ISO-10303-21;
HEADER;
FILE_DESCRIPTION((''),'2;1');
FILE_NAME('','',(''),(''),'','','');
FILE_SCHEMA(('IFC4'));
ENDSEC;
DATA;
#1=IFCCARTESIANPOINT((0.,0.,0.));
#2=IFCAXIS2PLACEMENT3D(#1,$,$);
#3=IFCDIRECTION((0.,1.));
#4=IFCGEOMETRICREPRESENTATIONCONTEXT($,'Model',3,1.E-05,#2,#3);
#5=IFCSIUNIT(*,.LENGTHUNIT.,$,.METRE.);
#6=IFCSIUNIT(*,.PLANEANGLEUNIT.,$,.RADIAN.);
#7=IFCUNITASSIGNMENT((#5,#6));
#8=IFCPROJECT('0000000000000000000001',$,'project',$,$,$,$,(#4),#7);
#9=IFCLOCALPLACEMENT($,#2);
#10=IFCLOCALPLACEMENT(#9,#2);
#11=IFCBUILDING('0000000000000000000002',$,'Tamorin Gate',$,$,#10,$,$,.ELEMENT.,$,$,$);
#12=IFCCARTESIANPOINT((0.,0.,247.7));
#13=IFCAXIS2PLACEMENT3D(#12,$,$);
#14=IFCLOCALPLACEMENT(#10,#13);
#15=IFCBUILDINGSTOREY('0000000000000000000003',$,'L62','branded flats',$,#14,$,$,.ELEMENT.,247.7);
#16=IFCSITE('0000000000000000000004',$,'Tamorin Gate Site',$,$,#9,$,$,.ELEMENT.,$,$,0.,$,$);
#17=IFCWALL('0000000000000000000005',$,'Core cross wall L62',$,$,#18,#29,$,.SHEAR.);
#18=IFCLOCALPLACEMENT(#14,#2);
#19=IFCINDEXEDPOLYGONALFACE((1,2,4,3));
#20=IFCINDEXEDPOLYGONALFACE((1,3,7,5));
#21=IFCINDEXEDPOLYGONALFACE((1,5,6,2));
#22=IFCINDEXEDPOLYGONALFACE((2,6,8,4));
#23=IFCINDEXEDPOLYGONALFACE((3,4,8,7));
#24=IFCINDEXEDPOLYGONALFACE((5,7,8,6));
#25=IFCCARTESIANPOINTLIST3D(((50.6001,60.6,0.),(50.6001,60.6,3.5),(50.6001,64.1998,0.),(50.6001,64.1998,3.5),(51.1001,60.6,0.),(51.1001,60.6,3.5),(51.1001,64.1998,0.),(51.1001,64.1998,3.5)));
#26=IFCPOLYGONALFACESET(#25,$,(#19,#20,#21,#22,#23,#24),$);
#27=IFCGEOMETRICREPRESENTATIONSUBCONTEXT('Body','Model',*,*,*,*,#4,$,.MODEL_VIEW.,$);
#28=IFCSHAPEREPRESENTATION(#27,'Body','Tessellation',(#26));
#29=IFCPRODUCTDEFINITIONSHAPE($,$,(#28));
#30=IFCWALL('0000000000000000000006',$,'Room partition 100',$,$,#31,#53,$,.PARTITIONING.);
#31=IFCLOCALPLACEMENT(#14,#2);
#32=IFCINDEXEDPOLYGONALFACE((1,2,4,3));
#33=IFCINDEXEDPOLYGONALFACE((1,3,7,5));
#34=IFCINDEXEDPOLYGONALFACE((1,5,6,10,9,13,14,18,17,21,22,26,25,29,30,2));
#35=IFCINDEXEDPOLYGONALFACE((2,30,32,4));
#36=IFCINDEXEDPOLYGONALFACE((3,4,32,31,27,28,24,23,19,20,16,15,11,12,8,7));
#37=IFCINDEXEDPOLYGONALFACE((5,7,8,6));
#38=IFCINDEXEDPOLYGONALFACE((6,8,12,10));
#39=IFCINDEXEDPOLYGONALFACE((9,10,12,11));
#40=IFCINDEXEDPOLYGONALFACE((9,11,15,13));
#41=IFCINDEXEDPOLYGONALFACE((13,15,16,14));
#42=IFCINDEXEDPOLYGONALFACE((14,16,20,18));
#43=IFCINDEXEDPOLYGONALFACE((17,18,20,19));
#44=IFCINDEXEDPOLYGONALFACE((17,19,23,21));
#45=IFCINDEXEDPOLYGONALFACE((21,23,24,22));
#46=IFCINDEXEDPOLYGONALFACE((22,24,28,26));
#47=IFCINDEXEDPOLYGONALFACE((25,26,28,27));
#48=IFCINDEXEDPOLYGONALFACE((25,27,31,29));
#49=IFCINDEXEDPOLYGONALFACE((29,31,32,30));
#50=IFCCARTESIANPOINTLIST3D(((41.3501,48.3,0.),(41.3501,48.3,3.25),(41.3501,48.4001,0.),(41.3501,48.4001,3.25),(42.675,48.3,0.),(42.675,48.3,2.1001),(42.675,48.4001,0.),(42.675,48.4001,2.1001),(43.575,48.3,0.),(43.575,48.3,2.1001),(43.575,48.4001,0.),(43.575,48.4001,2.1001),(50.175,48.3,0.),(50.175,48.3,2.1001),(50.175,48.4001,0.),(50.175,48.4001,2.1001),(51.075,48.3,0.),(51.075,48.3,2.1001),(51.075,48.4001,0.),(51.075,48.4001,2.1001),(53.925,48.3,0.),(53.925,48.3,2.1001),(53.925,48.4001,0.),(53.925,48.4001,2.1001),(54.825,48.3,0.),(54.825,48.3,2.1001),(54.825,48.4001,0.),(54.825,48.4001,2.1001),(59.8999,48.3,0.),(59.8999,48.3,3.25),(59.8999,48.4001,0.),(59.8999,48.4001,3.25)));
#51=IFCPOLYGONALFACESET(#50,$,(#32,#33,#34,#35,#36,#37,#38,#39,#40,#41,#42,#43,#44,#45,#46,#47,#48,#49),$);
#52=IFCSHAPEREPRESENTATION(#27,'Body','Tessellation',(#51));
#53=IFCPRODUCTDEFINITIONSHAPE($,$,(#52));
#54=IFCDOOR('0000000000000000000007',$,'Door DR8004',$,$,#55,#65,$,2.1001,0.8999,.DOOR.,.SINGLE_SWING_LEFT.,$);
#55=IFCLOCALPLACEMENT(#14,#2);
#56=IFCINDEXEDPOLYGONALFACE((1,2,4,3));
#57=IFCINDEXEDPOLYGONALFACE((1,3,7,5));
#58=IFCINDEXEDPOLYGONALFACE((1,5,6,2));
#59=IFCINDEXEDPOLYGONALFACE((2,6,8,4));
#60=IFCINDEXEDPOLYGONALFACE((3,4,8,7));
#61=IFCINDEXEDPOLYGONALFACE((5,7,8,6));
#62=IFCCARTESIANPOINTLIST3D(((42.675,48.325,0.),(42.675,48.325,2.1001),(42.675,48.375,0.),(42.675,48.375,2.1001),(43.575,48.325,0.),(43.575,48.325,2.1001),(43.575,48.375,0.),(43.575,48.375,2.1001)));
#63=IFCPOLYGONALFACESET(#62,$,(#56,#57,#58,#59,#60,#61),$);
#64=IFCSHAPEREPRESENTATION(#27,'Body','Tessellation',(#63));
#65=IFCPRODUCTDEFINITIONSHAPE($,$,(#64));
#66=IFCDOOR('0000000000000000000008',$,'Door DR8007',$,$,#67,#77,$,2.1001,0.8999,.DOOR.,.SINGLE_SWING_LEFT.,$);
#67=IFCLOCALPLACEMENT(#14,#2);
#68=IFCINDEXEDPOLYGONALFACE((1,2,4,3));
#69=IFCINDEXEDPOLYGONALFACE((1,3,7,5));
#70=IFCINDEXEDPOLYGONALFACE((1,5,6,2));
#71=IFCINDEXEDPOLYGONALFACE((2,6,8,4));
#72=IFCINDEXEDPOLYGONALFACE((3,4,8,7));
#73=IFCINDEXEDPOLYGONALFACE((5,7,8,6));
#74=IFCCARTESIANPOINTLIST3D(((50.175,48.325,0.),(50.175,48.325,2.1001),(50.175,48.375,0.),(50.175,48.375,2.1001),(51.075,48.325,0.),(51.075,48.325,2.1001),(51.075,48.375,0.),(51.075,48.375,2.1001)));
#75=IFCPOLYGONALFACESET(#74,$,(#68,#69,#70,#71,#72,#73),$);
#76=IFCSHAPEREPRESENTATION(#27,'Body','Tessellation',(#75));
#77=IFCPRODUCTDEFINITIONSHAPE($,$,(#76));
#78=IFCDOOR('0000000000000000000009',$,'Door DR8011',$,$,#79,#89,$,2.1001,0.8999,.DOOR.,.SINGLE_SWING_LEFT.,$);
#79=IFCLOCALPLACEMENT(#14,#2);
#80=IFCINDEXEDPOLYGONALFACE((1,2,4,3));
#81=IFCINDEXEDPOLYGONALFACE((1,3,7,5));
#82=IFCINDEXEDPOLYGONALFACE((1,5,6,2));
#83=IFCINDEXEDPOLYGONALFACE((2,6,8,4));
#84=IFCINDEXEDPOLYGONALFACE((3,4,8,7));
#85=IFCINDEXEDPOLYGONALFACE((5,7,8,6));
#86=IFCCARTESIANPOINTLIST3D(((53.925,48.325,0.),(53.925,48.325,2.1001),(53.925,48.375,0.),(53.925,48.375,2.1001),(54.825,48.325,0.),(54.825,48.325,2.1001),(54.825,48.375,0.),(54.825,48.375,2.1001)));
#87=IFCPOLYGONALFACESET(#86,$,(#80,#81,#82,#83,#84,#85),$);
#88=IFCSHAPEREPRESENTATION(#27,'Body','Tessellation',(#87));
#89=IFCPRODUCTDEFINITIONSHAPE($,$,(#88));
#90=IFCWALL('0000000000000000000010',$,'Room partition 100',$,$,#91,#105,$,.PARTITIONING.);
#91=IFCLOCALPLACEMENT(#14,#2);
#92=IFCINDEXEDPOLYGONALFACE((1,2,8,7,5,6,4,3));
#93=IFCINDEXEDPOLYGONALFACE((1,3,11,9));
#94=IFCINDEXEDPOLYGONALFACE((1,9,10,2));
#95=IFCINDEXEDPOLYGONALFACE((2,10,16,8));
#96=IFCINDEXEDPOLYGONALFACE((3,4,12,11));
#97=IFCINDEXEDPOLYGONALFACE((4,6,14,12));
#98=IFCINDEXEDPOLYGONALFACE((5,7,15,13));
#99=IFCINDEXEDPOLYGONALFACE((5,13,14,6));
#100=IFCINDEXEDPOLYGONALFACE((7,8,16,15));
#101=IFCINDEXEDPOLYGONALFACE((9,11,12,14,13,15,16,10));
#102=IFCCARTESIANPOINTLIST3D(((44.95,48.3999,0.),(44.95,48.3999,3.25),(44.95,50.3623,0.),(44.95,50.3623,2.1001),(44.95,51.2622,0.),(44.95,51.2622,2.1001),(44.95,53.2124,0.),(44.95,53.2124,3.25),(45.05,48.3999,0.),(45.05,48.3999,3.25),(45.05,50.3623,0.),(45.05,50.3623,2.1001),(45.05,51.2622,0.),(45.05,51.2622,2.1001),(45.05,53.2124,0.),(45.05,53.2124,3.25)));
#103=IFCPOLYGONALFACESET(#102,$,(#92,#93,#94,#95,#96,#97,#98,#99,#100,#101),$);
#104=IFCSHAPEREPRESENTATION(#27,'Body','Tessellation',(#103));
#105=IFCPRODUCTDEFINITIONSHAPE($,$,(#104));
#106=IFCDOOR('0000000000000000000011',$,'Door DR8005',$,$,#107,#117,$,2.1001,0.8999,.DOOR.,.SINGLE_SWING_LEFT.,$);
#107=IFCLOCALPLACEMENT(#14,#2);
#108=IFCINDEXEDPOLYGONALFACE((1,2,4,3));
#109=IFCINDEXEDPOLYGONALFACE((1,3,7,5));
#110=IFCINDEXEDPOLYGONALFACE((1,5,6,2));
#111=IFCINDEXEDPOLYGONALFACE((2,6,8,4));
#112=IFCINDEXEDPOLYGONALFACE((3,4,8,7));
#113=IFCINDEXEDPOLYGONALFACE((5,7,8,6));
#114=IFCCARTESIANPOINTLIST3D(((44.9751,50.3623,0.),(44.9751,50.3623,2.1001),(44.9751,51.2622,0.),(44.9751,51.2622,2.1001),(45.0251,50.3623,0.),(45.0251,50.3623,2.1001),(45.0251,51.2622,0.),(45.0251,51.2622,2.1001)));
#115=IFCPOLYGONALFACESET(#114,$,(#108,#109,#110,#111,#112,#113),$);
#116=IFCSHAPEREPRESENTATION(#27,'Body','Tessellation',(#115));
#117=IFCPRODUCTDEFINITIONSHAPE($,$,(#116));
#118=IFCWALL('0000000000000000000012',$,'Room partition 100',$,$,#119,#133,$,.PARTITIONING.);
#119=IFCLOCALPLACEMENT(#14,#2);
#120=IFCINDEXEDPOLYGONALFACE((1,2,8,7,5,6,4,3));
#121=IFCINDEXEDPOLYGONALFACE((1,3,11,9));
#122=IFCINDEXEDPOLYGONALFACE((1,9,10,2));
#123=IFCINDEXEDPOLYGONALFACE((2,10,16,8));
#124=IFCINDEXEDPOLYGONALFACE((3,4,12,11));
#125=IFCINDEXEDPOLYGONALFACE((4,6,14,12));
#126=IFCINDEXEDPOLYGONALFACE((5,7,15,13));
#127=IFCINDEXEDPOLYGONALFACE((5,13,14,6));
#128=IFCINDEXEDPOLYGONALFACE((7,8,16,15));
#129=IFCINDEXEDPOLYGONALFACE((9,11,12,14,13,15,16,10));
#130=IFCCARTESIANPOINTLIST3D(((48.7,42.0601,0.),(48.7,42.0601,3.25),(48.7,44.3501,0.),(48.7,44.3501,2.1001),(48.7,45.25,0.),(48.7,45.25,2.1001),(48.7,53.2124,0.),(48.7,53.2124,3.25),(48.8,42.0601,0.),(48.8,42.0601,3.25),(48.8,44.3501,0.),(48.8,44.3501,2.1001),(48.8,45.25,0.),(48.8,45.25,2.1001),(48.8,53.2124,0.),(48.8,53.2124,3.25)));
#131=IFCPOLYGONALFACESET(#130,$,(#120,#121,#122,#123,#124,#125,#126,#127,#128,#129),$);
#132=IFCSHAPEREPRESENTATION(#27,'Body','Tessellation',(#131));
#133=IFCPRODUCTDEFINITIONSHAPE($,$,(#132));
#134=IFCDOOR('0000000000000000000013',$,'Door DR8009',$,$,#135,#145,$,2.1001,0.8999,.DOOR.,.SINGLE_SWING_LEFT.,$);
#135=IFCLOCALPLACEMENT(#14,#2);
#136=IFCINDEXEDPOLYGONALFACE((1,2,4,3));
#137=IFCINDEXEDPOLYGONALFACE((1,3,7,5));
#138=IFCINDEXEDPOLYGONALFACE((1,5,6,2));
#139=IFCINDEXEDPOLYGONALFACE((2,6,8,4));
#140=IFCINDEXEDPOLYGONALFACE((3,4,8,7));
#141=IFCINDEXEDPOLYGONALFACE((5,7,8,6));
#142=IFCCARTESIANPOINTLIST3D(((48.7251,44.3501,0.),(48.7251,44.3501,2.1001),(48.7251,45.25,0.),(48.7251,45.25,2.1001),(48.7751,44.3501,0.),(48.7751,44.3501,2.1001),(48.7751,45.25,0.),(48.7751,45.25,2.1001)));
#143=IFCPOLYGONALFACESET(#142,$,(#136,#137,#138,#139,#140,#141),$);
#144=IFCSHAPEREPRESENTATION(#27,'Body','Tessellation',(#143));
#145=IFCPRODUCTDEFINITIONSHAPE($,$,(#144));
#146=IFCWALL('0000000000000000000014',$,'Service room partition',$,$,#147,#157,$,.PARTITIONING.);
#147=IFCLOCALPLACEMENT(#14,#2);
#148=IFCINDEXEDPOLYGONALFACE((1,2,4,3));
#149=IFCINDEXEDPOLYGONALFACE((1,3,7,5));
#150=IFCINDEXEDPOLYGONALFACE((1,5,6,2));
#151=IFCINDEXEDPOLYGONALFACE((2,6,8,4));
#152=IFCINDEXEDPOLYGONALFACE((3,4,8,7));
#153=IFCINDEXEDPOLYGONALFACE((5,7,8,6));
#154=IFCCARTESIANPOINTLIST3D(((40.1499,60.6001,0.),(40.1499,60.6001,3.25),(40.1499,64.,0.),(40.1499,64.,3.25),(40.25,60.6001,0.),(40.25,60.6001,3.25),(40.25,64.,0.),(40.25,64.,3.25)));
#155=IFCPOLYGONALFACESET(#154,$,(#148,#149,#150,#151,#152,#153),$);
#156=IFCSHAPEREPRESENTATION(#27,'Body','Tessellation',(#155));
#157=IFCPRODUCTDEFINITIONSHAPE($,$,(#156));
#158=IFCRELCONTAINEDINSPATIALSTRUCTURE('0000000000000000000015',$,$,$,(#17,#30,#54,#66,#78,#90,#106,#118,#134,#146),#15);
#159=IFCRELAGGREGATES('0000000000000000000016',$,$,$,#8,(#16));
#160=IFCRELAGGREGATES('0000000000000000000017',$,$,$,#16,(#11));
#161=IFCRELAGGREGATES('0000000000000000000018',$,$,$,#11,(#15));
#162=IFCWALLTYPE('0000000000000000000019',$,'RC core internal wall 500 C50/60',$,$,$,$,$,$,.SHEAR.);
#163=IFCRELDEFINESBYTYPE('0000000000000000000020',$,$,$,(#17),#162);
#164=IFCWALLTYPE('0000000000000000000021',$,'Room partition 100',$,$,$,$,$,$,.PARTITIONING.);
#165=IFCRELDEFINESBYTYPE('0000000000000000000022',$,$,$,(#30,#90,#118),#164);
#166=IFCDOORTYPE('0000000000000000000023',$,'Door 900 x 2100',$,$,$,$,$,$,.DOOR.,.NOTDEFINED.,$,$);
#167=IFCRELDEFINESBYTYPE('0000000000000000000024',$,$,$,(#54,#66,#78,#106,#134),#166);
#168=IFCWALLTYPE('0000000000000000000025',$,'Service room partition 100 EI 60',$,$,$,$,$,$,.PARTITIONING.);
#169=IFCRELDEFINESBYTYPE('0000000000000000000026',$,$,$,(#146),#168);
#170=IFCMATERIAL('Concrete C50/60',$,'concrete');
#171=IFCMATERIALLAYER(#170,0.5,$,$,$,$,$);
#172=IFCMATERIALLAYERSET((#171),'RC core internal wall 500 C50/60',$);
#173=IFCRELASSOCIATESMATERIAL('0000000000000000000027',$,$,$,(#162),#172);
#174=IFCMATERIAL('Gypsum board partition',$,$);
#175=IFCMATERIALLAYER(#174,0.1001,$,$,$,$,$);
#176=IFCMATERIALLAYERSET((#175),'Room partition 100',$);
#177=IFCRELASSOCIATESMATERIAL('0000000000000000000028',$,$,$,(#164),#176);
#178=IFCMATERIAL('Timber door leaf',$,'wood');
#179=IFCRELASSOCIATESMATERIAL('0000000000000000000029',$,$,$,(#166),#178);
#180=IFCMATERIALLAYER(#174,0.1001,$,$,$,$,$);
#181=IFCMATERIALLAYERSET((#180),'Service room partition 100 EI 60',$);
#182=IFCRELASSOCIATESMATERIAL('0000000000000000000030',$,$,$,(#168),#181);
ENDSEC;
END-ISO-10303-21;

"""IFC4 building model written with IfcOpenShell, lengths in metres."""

from ifc_helpers import new_model, si_unit, direction, frame, frame_2d, origin, place, context, subcontext, project, spatial, rectangle, extrude, material, layer, layer_set, type_object, element, fill, save


model = new_model("IFC4")

# Units and contexts
model_context = context("Model", 3, precision=1e-05, world=origin(), true_north=direction((0.0, 1.0)))
body_context = subcontext(model_context, "Body", "Model", "MODEL_VIEW")
ifc_project = project(units=[si_unit("LENGTHUNIT", "METRE"), si_unit("PLANEANGLEUNIT", "RADIAN")], contexts=[model_context])

# Site, building, storey
site_placement = place(None, origin())
site = spatial("IfcSite", under=ifc_project, at=site_placement, Name="Tamorin Gate Site", CompositionType="ELEMENT", RefElevation=0.0)
building_placement = place(site_placement, origin())
building = spatial("IfcBuilding", under=site, at=building_placement, Name="Tamorin Gate", CompositionType="ELEMENT")
storey_placement = place(building_placement, frame((0.0, 0.0, 247.7)))
storey = spatial("IfcBuildingStorey", under=building, at=storey_placement, Name="L62", Description="branded flats", CompositionType="ELEMENT", Elevation=247.7)

# Shared definitions
ifc_material_1 = material(Name="Concrete C50/60", Category="concrete")

# Wall
ifc_material_2 = material(Name="Gypsum board partition")
ifc_layer_1 = layer(ifc_material_1, 0.5)
ifc_layer_set_1 = layer_set([ifc_layer_1], Name="RC core internal wall 500 C50/60")
wall_type_1 = type_object("IfcWallType", Name="RC core internal wall 500 C50/60", PredefinedType="SHEAR", material=ifc_layer_set_1)
wall_1_placement = place(storey_placement, frame((50.8501, 60.6001, 0.0), z_axis=(0.0, 0.0, 1.0), x_axis=(0.0, 1.0, 0.0)))
element("IfcWall", 1, at=wall_1_placement, inside=storey, type_object=wall_type_1, Name="Core cross wall L62", PredefinedType="SHEAR", context=body_context, shape_type="SweptSolid", body=[
    extrude(rectangle(XDim=3.5999, YDim=0.5, at=frame_2d((1.7998, 0.0))), origin(), (0.0, 0.0, 1.0), 3.5),
])

# Wall, openings, doors
ifc_layer_2 = layer(ifc_material_2, 0.1001)
ifc_layer_set_2 = layer_set([ifc_layer_2], Name="Room partition 100")
wall_type_2 = type_object("IfcWallType", Name="Room partition 100", PredefinedType="PARTITIONING", material=ifc_layer_set_2)
wall_2_placement = place(storey_placement, frame((41.3501, 48.3501, 0.0), z_axis=(0.0, 0.0, 1.0), x_axis=(1.0, 0.0, 0.0)))
wall_2 = element("IfcWall", 2, at=wall_2_placement, inside=storey, type_object=wall_type_2, Name="Room partition 100", PredefinedType="PARTITIONING", context=body_context, shape_type="SweptSolid", body=[
    extrude(rectangle(XDim=18.5498, YDim=0.1001, at=frame_2d((9.2749, 0.0))), origin(), (0.0, 0.0, 1.0), 3.25),
])
opening_1_placement = place(wall_2_placement, frame((1.325, 0.0, 0.0)))
opening_1 = element("IfcOpeningElement", 3, at=opening_1_placement, cuts=wall_2, PredefinedType="OPENING", context=body_context, shape_type="SweptSolid", body=[
    extrude(rectangle(XDim=0.8999, YDim=2.1001, at=frame_2d((0.45, 1.05))), frame((0.0, 0.0601, 0.0), z_axis=(0.0, -1.0, 0.0), x_axis=(1.0, 0.0, 0.0)), (0.0, 0.0, 1.0), 0.1201),
])
opening_2_placement = place(wall_2_placement, frame((8.825, 0.0, 0.0)))
opening_2 = element("IfcOpeningElement", 4, at=opening_2_placement, cuts=wall_2, PredefinedType="OPENING", context=body_context, shape_type="SweptSolid", body=[
    extrude(rectangle(XDim=0.8999, YDim=2.1001, at=frame_2d((0.45, 1.05))), frame((0.0, 0.0601, 0.0), z_axis=(0.0, -1.0, 0.0), x_axis=(1.0, 0.0, 0.0)), (0.0, 0.0, 1.0), 0.1201),
])
opening_3_placement = place(wall_2_placement, frame((12.575, 0.0, 0.0)))
opening_3 = element("IfcOpeningElement", 5, at=opening_3_placement, cuts=wall_2, PredefinedType="OPENING", context=body_context, shape_type="SweptSolid", body=[
    extrude(rectangle(XDim=0.8999, YDim=2.1001, at=frame_2d((0.45, 1.05))), frame((0.0, 0.0601, 0.0), z_axis=(0.0, -1.0, 0.0), x_axis=(1.0, 0.0, 0.0)), (0.0, 0.0, 1.0), 0.1201),
])
ifc_material_3 = material(Name="Timber door leaf", Category="wood")
door_type = type_object("IfcDoorType", Name="Door 900 x 2100", OperationType="NOTDEFINED", PredefinedType="DOOR", material=ifc_material_3)
door_1_placement = place(opening_1_placement, origin())
door_1 = element("IfcDoor", 6, at=door_1_placement, inside=storey, type_object=door_type, Name="Door DR8004", OperationType="SINGLE_SWING_LEFT", OverallHeight=2.1001, OverallWidth=0.8999, PredefinedType="DOOR", context=body_context, shape_type="SweptSolid", body=[
    extrude(rectangle(XDim=0.8999, YDim=2.1001, at=frame_2d((0.45, 1.05))), frame((0.0, 0.0249, 0.0), z_axis=(0.0, -1.0, 0.0), x_axis=(1.0, 0.0, 0.0)), (0.0, 0.0, 1.0), 0.05),
])
fill(opening_1, door_1)
door_2_placement = place(opening_2_placement, origin())
door_2 = element("IfcDoor", 7, at=door_2_placement, inside=storey, type_object=door_type, Name="Door DR8007", OperationType="SINGLE_SWING_LEFT", OverallHeight=2.1001, OverallWidth=0.8999, PredefinedType="DOOR", context=body_context, shape_type="SweptSolid", body=[
    extrude(rectangle(XDim=0.8999, YDim=2.1001, at=frame_2d((0.45, 1.05))), frame((0.0, 0.0249, 0.0), z_axis=(0.0, -1.0, 0.0), x_axis=(1.0, 0.0, 0.0)), (0.0, 0.0, 1.0), 0.05),
])
fill(opening_2, door_2)
door_3_placement = place(opening_3_placement, origin())
door_3 = element("IfcDoor", 8, at=door_3_placement, inside=storey, type_object=door_type, Name="Door DR8011", OperationType="SINGLE_SWING_LEFT", OverallHeight=2.1001, OverallWidth=0.8999, PredefinedType="DOOR", context=body_context, shape_type="SweptSolid", body=[
    extrude(rectangle(XDim=0.8999, YDim=2.1001, at=frame_2d((0.45, 1.05))), frame((0.0, 0.0249, 0.0), z_axis=(0.0, -1.0, 0.0), x_axis=(1.0, 0.0, 0.0)), (0.0, 0.0, 1.0), 0.05),
])
fill(opening_3, door_3)

# Walls, openings, doors
wall_3_placement = place(storey_placement, frame((45.0, 48.3999, 0.0), z_axis=(0.0, 0.0, 1.0), x_axis=(0.0, 1.0, 0.0)))
wall_3 = element("IfcWall", 9, at=wall_3_placement, inside=storey, type_object=wall_type_2, Name="Room partition 100", PredefinedType="PARTITIONING", context=body_context, shape_type="SweptSolid", body=[
    extrude(rectangle(XDim=4.8125, YDim=0.1001, at=frame_2d((2.4062, 0.0))), origin(), (0.0, 0.0, 1.0), 3.25),
])
opening_4_placement = place(wall_3_placement, frame((1.9624, 0.0, 0.0)))
opening_4 = element("IfcOpeningElement", 10, at=opening_4_placement, cuts=wall_3, PredefinedType="OPENING", context=body_context, shape_type="SweptSolid", body=[
    extrude(rectangle(XDim=0.8999, YDim=2.1001, at=frame_2d((0.45, 1.05))), frame((0.0, 0.0601, 0.0), z_axis=(0.0, -1.0, 0.0), x_axis=(1.0, 0.0, 0.0)), (0.0, 0.0, 1.0), 0.1201),
])
door_4_placement = place(opening_4_placement, origin())
door_4 = element("IfcDoor", 11, at=door_4_placement, inside=storey, type_object=door_type, Name="Door DR8005", OperationType="SINGLE_SWING_LEFT", OverallHeight=2.1001, OverallWidth=0.8999, PredefinedType="DOOR", context=body_context, shape_type="SweptSolid", body=[
    extrude(rectangle(XDim=0.8999, YDim=2.1001, at=frame_2d((0.45, 1.05))), frame((0.0, 0.0249, 0.0), z_axis=(0.0, -1.0, 0.0), x_axis=(1.0, 0.0, 0.0)), (0.0, 0.0, 1.0), 0.05),
])
fill(opening_4, door_4)
wall_4_placement = place(storey_placement, frame((48.75, 42.0601, 0.0), z_axis=(0.0, 0.0, 1.0), x_axis=(0.0, 1.0, 0.0)))
wall_4 = element("IfcWall", 12, at=wall_4_placement, inside=storey, type_object=wall_type_2, Name="Room partition 100", PredefinedType="PARTITIONING", context=body_context, shape_type="SweptSolid", body=[
    extrude(rectangle(XDim=11.1523, YDim=0.1001, at=frame_2d((5.5762, 0.0))), origin(), (0.0, 0.0, 1.0), 3.25),
])
opening_5_placement = place(wall_4_placement, frame((2.29, 0.0, 0.0)))
opening_5 = element("IfcOpeningElement", 13, at=opening_5_placement, cuts=wall_4, PredefinedType="OPENING", context=body_context, shape_type="SweptSolid", body=[
    extrude(rectangle(XDim=0.8999, YDim=2.1001, at=frame_2d((0.45, 1.05))), frame((0.0, 0.0601, 0.0), z_axis=(0.0, -1.0, 0.0), x_axis=(1.0, 0.0, 0.0)), (0.0, 0.0, 1.0), 0.1201),
])
door_5_placement = place(opening_5_placement, origin())
door_5 = element("IfcDoor", 14, at=door_5_placement, inside=storey, type_object=door_type, Name="Door DR8009", OperationType="SINGLE_SWING_LEFT", OverallHeight=2.1001, OverallWidth=0.8999, PredefinedType="DOOR", context=body_context, shape_type="SweptSolid", body=[
    extrude(rectangle(XDim=0.8999, YDim=2.1001, at=frame_2d((0.45, 1.05))), frame((0.0, 0.0249, 0.0), z_axis=(0.0, -1.0, 0.0), x_axis=(1.0, 0.0, 0.0)), (0.0, 0.0, 1.0), 0.05),
])
fill(opening_5, door_5)

# Wall
ifc_layer_3 = layer(ifc_material_2, 0.1001)
ifc_layer_set_3 = layer_set([ifc_layer_3], Name="Service room partition 100 EI 60")
wall_type_3 = type_object("IfcWallType", Name="Service room partition 100 EI 60", PredefinedType="PARTITIONING", material=ifc_layer_set_3)
wall_5_placement = place(storey_placement, frame((40.2, 60.6001, 0.0), z_axis=(0.0, 0.0, 1.0), x_axis=(0.0, 1.0, 0.0)))
element("IfcWall", 15, at=wall_5_placement, inside=storey, type_object=wall_type_3, Name="Service room partition", PredefinedType="PARTITIONING", context=body_context, shape_type="SweptSolid", body=[
    extrude(rectangle(XDim=3.3999, YDim=0.1001, at=frame_2d((1.7, 0.0))), origin(), (0.0, 0.0, 1.0), 3.25),
])

save(model, "model.ifc")
